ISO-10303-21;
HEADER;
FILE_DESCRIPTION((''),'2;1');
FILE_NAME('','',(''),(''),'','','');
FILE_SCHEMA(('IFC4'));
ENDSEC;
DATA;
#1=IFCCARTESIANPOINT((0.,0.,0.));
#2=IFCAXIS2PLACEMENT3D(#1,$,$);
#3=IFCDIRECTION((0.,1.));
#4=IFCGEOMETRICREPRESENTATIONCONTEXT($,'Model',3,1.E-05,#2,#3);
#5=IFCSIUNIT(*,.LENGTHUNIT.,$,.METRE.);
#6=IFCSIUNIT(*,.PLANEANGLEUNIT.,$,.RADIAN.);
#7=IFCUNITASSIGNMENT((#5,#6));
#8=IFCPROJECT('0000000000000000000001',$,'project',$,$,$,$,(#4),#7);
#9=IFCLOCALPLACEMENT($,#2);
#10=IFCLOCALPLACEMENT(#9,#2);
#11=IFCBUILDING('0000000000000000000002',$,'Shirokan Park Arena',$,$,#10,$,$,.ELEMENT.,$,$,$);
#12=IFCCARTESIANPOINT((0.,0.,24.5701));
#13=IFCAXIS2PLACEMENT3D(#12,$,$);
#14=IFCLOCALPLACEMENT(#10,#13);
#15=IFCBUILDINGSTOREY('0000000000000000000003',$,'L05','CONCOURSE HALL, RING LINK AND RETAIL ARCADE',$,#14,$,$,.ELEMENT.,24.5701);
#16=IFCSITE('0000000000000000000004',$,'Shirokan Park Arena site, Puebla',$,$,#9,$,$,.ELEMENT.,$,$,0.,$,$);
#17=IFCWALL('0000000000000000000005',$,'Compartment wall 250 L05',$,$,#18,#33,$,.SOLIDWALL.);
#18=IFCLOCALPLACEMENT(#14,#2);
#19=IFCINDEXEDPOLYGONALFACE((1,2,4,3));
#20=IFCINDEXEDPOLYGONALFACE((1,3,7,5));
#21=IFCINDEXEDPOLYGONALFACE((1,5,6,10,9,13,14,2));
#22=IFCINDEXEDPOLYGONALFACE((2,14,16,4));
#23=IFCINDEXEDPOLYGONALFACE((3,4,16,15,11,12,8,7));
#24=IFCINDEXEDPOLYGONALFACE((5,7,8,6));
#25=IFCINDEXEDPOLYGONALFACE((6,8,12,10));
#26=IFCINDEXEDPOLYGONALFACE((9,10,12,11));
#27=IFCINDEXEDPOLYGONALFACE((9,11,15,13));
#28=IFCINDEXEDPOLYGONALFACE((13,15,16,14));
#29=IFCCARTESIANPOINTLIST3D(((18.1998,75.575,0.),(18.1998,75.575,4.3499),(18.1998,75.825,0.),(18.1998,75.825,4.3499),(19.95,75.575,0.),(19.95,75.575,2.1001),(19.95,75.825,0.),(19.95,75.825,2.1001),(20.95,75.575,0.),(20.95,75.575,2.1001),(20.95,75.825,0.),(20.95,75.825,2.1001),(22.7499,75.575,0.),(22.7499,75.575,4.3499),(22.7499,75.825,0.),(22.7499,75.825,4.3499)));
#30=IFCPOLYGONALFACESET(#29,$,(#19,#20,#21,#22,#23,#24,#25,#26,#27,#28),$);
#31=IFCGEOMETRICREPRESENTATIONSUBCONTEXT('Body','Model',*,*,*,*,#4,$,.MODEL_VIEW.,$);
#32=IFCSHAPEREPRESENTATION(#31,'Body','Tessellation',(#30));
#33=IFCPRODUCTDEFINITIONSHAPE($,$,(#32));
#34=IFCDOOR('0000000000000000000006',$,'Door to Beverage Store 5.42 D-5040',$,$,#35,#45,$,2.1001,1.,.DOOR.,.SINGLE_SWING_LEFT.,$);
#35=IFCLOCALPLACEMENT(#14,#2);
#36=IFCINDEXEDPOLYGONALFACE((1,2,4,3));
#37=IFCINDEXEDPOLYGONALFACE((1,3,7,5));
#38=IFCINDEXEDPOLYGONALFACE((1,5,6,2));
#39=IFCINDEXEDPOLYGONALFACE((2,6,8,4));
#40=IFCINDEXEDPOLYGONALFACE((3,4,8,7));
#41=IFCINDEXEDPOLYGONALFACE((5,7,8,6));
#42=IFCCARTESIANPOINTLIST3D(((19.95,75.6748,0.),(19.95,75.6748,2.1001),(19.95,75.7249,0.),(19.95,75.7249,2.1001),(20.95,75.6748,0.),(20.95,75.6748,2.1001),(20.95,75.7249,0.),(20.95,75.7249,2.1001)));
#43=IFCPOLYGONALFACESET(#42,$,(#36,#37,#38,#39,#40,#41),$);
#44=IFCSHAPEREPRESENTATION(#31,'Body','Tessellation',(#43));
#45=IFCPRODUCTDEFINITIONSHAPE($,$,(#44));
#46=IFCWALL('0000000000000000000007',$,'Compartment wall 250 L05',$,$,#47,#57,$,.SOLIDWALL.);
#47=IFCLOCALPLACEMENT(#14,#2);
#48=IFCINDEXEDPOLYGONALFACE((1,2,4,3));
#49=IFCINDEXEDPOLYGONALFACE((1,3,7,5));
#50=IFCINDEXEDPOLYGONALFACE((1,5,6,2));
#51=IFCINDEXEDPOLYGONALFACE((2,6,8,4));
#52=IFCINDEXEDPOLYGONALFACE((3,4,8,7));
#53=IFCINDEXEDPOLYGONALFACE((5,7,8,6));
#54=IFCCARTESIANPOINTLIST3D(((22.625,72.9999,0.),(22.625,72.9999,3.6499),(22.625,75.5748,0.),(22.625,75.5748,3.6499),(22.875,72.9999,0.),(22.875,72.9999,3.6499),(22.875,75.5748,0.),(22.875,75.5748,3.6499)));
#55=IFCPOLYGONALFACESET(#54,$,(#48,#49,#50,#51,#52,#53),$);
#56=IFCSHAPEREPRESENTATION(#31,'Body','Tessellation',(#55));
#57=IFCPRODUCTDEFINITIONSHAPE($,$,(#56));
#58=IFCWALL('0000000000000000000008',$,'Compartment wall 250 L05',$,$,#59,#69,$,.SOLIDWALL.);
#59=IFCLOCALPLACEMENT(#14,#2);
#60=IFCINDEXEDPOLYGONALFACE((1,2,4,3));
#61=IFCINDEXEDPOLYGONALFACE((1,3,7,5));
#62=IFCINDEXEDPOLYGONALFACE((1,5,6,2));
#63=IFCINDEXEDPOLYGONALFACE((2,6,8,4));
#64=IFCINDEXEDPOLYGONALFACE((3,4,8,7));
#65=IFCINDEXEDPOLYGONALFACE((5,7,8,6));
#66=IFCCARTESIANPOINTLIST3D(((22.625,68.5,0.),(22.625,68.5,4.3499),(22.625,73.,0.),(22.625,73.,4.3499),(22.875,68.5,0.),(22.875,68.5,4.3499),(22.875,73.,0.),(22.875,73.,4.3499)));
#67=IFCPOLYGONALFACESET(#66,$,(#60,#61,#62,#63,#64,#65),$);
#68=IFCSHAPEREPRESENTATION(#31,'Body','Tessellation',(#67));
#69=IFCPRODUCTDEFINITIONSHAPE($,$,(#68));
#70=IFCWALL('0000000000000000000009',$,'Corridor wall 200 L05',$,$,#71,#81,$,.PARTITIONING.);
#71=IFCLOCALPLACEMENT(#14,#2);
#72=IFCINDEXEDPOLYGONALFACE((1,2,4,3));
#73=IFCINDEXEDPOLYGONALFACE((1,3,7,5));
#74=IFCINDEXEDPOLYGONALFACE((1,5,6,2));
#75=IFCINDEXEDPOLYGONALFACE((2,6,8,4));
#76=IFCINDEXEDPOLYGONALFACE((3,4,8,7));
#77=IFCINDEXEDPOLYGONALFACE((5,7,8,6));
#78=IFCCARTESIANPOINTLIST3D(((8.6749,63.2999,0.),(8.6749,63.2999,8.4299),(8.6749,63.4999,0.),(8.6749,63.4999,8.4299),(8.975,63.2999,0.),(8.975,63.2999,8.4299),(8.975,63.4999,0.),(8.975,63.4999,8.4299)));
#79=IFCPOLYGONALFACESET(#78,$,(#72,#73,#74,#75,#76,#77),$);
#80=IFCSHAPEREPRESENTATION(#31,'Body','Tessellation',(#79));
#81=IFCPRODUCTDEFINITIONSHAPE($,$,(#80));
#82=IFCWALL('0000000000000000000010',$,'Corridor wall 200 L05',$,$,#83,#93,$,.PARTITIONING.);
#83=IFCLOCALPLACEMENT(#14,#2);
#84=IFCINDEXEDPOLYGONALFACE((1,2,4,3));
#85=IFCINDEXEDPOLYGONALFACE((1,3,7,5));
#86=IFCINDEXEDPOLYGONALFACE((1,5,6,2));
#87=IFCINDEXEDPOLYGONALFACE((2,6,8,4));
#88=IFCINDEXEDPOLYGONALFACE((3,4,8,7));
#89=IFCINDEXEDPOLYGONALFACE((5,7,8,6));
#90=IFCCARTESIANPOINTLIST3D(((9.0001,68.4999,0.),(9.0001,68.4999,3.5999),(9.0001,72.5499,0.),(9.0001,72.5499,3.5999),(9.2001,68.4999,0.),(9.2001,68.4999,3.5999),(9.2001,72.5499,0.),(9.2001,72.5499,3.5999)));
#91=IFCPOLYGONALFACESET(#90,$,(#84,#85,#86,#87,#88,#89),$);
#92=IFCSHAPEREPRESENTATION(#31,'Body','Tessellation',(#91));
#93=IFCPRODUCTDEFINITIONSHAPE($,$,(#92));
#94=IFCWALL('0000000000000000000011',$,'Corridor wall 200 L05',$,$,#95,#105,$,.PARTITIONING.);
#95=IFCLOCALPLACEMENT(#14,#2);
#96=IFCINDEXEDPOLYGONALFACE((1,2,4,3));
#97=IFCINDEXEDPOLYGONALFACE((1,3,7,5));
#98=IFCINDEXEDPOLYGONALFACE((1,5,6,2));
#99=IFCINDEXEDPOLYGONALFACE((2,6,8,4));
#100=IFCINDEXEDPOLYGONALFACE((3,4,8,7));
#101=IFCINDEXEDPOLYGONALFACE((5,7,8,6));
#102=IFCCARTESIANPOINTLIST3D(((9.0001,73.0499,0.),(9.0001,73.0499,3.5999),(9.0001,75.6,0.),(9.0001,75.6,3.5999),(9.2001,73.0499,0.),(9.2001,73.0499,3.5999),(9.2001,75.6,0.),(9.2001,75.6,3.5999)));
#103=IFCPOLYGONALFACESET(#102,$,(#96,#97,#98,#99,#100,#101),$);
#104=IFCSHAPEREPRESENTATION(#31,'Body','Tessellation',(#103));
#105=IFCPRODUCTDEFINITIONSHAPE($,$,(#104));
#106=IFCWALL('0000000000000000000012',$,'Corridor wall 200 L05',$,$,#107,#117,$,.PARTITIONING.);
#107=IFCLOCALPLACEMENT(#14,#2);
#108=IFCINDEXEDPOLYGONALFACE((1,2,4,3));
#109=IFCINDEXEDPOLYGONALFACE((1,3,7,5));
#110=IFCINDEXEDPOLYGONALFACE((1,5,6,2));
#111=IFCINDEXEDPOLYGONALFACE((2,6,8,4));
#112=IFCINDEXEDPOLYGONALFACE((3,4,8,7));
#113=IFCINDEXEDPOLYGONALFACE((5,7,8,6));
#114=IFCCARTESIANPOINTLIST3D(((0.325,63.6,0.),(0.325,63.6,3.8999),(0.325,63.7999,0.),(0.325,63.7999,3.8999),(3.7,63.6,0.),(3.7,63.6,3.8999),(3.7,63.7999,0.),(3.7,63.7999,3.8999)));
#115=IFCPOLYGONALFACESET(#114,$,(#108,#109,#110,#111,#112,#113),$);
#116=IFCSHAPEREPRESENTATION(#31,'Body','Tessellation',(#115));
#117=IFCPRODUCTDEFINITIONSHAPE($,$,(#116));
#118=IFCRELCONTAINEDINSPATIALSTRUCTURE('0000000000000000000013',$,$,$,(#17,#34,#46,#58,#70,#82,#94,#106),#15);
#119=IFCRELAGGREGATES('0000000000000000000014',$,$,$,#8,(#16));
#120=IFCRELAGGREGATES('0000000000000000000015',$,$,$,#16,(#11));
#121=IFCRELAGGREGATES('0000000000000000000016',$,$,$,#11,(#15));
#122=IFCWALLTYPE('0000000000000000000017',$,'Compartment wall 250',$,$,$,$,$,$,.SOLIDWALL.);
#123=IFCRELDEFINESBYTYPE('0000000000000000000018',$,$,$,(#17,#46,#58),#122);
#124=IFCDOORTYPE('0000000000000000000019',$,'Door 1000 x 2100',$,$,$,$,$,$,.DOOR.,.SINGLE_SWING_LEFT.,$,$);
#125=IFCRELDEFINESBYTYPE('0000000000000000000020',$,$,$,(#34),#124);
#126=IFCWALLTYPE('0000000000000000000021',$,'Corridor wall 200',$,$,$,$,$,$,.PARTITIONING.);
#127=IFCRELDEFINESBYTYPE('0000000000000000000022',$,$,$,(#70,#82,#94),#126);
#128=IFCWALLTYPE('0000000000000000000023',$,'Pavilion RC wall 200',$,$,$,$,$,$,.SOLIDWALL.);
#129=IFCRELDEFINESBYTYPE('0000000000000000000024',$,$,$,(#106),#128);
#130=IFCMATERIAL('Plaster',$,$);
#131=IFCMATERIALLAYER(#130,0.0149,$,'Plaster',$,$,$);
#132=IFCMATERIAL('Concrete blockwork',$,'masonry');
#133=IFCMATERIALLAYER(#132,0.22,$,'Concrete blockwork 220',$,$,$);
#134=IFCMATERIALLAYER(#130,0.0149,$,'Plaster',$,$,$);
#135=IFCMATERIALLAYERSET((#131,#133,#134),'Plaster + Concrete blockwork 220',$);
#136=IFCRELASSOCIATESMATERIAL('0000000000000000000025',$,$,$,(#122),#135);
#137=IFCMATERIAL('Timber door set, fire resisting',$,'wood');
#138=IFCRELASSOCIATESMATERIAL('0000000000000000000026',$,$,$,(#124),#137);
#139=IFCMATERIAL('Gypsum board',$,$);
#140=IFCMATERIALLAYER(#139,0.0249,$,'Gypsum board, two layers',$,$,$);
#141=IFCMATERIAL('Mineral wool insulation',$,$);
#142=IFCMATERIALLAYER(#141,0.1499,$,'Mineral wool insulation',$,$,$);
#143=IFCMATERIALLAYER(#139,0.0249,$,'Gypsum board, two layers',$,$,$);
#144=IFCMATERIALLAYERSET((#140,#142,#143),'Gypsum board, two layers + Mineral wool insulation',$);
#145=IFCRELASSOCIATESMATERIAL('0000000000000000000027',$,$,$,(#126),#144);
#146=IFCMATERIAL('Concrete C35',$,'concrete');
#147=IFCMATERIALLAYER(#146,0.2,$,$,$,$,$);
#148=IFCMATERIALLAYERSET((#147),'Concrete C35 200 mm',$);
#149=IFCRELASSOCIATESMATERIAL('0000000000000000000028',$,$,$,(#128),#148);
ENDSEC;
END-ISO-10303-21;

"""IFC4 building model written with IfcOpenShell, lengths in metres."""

from ifc_helpers import new_model, si_unit, direction, frame, frame_2d, origin, place, context, subcontext, project, spatial, rectangle, extrude, material, layer, layer_set, type_object, element, fill, save


model = new_model("IFC4")

# Units and contexts
model_context = context("Model", 3, precision=1e-05, world=origin(), true_north=direction((0.0, 1.0)))
body_context = subcontext(model_context, "Body", "Model", "MODEL_VIEW")
ifc_project = project(units=[si_unit("LENGTHUNIT", "METRE"), si_unit("PLANEANGLEUNIT", "RADIAN")], contexts=[model_context])

# Site, building, storey
site_placement = place(None, origin())
site = spatial("IfcSite", under=ifc_project, at=site_placement, Name="Shirokan Park Arena site, Puebla", CompositionType="ELEMENT", RefElevation=0.0)
building_placement = place(site_placement, origin())
building = spatial("IfcBuilding", under=site, at=building_placement, Name="Shirokan Park Arena", CompositionType="ELEMENT")
storey_placement = place(building_placement, frame((0.0, 0.0, 24.5701)))
storey = spatial("IfcBuildingStorey", under=building, at=storey_placement, Name="L05", Description="CONCOURSE HALL, RING LINK AND RETAIL ARCADE", CompositionType="ELEMENT", Elevation=24.5701)

# Shared definitions
ifc_material_1 = material(Name="Concrete C35", Category="concrete")

# Shared definitions
ifc_material_2 = material(Name="Plaster")
ifc_layer_1 = layer(ifc_material_2, 0.0149, Name="Plaster")
ifc_material_3 = material(Name="Concrete blockwork", Category="masonry")
ifc_layer_2 = layer(ifc_material_3, 0.22, Name="Concrete blockwork 220")
ifc_layer_3 = layer(ifc_material_2, 0.0149, Name="Plaster")
ifc_layer_set_1 = layer_set([ifc_layer_1, ifc_layer_2, ifc_layer_3], Name="Plaster + Concrete blockwork 220")
wall_type_1 = type_object("IfcWallType", Name="Compartment wall 250", PredefinedType="SOLIDWALL", material=ifc_layer_set_1)

# Wall, opening, door
wall_1_placement = place(storey_placement, frame((18.2, 75.7, 0.0), z_axis=(0.0, 0.0, 1.0), x_axis=(1.0, 0.0, 0.0)))
wall_1 = element("IfcWall", 1, at=wall_1_placement, inside=storey, type_object=wall_type_1, Name="Compartment wall 250 L05", PredefinedType="SOLIDWALL", context=body_context, shape_type="SweptSolid", body=[
    extrude(rectangle(XDim=4.55, YDim=0.25, at=frame_2d((2.2749, 0.0))), origin(), (0.0, 0.0, 1.0), 4.3499),
])
opening_1_placement = place(wall_1_placement, frame((1.75, 0.0, 0.0)))
opening_1 = element("IfcOpeningElement", 2, at=opening_1_placement, cuts=wall_1, PredefinedType="OPENING", context=body_context, shape_type="SweptSolid", body=[
    extrude(rectangle(XDim=1.0, YDim=2.1001, at=frame_2d((0.5, 1.05))), frame((0.0, 0.135, 0.0), z_axis=(0.0, -1.0, 0.0), x_axis=(1.0, 0.0, 0.0)), (0.0, 0.0, 1.0), 0.27),
])
ifc_material_4 = material(Name="Timber door set, fire resisting", Category="wood")
door_type_1 = type_object("IfcDoorType", Name="Door 1000 x 2100", OperationType="SINGLE_SWING_LEFT", PredefinedType="DOOR", material=ifc_material_4)
door_1_placement = place(opening_1_placement, origin())
door_1 = element("IfcDoor", 3, at=door_1_placement, inside=storey, type_object=door_type_1, Name="Door to Beverage Store 5.42 D-5040", OperationType="SINGLE_SWING_LEFT", OverallHeight=2.1001, OverallWidth=1.0, PredefinedType="DOOR", context=body_context, shape_type="SweptSolid", body=[
    extrude(rectangle(XDim=1.0, YDim=2.1001, at=frame_2d((0.5, 1.05))), frame((0.0, 0.0249, 0.0), z_axis=(0.0, -1.0, 0.0), x_axis=(1.0, 0.0, 0.0)), (0.0, 0.0, 1.0), 0.05),
])
fill(opening_1, door_1)

# Walls
wall_2_placement = place(storey_placement, frame((22.75, 75.575, 0.0), z_axis=(0.0, 0.0, 1.0), x_axis=(0.0, -1.0, 0.0)))
element("IfcWall", 4, at=wall_2_placement, inside=storey, type_object=wall_type_1, Name="Compartment wall 250 L05", PredefinedType="SOLIDWALL", context=body_context, shape_type="SweptSolid", body=[
    extrude(rectangle(XDim=2.575, YDim=0.25, at=frame_2d((1.2876, 0.0))), origin(), (0.0, 0.0, 1.0), 3.6499),
])
wall_3_placement = place(storey_placement, frame((22.75, 73.0, 0.0), z_axis=(0.0, 0.0, 1.0), x_axis=(0.0, -1.0, 0.0)))
element("IfcWall", 5, at=wall_3_placement, inside=storey, type_object=wall_type_1, Name="Compartment wall 250 L05", PredefinedType="SOLIDWALL", context=body_context, shape_type="SweptSolid", body=[
    extrude(rectangle(XDim=4.5, YDim=0.25, at=frame_2d((2.25, 0.0))), origin(), (0.0, 0.0, 1.0), 4.3499),
])

# Shared definitions
ifc_material_5 = material(Name="Gypsum board")
ifc_layer_4 = layer(ifc_material_5, 0.0249, Name="Gypsum board, two layers")
ifc_material_6 = material(Name="Mineral wool insulation")
ifc_layer_5 = layer(ifc_material_6, 0.1499, Name="Mineral wool insulation")
ifc_layer_6 = layer(ifc_material_5, 0.0249, Name="Gypsum board, two layers")
ifc_layer_set_2 = layer_set([ifc_layer_4, ifc_layer_5, ifc_layer_6], Name="Gypsum board, two layers + Mineral wool insulation")
wall_type_2 = type_object("IfcWallType", Name="Corridor wall 200", PredefinedType="PARTITIONING", material=ifc_layer_set_2)

# Walls
wall_4_placement = place(storey_placement, frame((8.675, 63.3999, 0.0), z_axis=(0.0, 0.0, 1.0), x_axis=(1.0, 0.0, 0.0)))
element("IfcWall", 6, at=wall_4_placement, inside=storey, type_object=wall_type_2, Name="Corridor wall 200 L05", PredefinedType="PARTITIONING", context=body_context, shape_type="SweptSolid", body=[
    extrude(rectangle(XDim=0.3, YDim=0.2, at=frame_2d((0.1499, 0.0))), origin(), (0.0, 0.0, 1.0), 8.4299),
])
wall_5_placement = place(storey_placement, frame((9.1001, 68.5, 0.0), z_axis=(0.0, 0.0, 1.0), x_axis=(0.0, 1.0, 0.0)))
element("IfcWall", 7, at=wall_5_placement, inside=storey, type_object=wall_type_2, Name="Corridor wall 200 L05", PredefinedType="PARTITIONING", context=body_context, shape_type="SweptSolid", body=[
    extrude(rectangle(XDim=4.05, YDim=0.2, at=frame_2d((2.0249, 0.0))), origin(), (0.0, 0.0, 1.0), 3.5999),
])
wall_6_placement = place(storey_placement, frame((9.1001, 73.05, 0.0), z_axis=(0.0, 0.0, 1.0), x_axis=(0.0, 1.0, 0.0)))
element("IfcWall", 8, at=wall_6_placement, inside=storey, type_object=wall_type_2, Name="Corridor wall 200 L05", PredefinedType="PARTITIONING", context=body_context, shape_type="SweptSolid", body=[
    extrude(rectangle(XDim=2.55, YDim=0.2, at=frame_2d((1.2749, 0.0))), origin(), (0.0, 0.0, 1.0), 3.5999),
])

# Wall
ifc_layer_7 = layer(ifc_material_1, 0.2)
ifc_layer_set_3 = layer_set([ifc_layer_7], Name="Concrete C35 200 mm")
wall_type_3 = type_object("IfcWallType", Name="Pavilion RC wall 200", PredefinedType="SOLIDWALL", material=ifc_layer_set_3)
wall_7_placement = place(storey_placement, frame((3.7, 63.7, 0.0), z_axis=(0.0, 0.0, 1.0), x_axis=(-1.0, 0.0, 0.0)))
element("IfcWall", 9, at=wall_7_placement, inside=storey, type_object=wall_type_3, Name="Corridor wall 200 L05", PredefinedType="PARTITIONING", context=body_context, shape_type="SweptSolid", body=[
    extrude(rectangle(XDim=3.375, YDim=0.2, at=frame_2d((1.6875, 0.0))), origin(), (0.0, 0.0, 1.0), 3.8999),
])

save(model, "model.ifc")
